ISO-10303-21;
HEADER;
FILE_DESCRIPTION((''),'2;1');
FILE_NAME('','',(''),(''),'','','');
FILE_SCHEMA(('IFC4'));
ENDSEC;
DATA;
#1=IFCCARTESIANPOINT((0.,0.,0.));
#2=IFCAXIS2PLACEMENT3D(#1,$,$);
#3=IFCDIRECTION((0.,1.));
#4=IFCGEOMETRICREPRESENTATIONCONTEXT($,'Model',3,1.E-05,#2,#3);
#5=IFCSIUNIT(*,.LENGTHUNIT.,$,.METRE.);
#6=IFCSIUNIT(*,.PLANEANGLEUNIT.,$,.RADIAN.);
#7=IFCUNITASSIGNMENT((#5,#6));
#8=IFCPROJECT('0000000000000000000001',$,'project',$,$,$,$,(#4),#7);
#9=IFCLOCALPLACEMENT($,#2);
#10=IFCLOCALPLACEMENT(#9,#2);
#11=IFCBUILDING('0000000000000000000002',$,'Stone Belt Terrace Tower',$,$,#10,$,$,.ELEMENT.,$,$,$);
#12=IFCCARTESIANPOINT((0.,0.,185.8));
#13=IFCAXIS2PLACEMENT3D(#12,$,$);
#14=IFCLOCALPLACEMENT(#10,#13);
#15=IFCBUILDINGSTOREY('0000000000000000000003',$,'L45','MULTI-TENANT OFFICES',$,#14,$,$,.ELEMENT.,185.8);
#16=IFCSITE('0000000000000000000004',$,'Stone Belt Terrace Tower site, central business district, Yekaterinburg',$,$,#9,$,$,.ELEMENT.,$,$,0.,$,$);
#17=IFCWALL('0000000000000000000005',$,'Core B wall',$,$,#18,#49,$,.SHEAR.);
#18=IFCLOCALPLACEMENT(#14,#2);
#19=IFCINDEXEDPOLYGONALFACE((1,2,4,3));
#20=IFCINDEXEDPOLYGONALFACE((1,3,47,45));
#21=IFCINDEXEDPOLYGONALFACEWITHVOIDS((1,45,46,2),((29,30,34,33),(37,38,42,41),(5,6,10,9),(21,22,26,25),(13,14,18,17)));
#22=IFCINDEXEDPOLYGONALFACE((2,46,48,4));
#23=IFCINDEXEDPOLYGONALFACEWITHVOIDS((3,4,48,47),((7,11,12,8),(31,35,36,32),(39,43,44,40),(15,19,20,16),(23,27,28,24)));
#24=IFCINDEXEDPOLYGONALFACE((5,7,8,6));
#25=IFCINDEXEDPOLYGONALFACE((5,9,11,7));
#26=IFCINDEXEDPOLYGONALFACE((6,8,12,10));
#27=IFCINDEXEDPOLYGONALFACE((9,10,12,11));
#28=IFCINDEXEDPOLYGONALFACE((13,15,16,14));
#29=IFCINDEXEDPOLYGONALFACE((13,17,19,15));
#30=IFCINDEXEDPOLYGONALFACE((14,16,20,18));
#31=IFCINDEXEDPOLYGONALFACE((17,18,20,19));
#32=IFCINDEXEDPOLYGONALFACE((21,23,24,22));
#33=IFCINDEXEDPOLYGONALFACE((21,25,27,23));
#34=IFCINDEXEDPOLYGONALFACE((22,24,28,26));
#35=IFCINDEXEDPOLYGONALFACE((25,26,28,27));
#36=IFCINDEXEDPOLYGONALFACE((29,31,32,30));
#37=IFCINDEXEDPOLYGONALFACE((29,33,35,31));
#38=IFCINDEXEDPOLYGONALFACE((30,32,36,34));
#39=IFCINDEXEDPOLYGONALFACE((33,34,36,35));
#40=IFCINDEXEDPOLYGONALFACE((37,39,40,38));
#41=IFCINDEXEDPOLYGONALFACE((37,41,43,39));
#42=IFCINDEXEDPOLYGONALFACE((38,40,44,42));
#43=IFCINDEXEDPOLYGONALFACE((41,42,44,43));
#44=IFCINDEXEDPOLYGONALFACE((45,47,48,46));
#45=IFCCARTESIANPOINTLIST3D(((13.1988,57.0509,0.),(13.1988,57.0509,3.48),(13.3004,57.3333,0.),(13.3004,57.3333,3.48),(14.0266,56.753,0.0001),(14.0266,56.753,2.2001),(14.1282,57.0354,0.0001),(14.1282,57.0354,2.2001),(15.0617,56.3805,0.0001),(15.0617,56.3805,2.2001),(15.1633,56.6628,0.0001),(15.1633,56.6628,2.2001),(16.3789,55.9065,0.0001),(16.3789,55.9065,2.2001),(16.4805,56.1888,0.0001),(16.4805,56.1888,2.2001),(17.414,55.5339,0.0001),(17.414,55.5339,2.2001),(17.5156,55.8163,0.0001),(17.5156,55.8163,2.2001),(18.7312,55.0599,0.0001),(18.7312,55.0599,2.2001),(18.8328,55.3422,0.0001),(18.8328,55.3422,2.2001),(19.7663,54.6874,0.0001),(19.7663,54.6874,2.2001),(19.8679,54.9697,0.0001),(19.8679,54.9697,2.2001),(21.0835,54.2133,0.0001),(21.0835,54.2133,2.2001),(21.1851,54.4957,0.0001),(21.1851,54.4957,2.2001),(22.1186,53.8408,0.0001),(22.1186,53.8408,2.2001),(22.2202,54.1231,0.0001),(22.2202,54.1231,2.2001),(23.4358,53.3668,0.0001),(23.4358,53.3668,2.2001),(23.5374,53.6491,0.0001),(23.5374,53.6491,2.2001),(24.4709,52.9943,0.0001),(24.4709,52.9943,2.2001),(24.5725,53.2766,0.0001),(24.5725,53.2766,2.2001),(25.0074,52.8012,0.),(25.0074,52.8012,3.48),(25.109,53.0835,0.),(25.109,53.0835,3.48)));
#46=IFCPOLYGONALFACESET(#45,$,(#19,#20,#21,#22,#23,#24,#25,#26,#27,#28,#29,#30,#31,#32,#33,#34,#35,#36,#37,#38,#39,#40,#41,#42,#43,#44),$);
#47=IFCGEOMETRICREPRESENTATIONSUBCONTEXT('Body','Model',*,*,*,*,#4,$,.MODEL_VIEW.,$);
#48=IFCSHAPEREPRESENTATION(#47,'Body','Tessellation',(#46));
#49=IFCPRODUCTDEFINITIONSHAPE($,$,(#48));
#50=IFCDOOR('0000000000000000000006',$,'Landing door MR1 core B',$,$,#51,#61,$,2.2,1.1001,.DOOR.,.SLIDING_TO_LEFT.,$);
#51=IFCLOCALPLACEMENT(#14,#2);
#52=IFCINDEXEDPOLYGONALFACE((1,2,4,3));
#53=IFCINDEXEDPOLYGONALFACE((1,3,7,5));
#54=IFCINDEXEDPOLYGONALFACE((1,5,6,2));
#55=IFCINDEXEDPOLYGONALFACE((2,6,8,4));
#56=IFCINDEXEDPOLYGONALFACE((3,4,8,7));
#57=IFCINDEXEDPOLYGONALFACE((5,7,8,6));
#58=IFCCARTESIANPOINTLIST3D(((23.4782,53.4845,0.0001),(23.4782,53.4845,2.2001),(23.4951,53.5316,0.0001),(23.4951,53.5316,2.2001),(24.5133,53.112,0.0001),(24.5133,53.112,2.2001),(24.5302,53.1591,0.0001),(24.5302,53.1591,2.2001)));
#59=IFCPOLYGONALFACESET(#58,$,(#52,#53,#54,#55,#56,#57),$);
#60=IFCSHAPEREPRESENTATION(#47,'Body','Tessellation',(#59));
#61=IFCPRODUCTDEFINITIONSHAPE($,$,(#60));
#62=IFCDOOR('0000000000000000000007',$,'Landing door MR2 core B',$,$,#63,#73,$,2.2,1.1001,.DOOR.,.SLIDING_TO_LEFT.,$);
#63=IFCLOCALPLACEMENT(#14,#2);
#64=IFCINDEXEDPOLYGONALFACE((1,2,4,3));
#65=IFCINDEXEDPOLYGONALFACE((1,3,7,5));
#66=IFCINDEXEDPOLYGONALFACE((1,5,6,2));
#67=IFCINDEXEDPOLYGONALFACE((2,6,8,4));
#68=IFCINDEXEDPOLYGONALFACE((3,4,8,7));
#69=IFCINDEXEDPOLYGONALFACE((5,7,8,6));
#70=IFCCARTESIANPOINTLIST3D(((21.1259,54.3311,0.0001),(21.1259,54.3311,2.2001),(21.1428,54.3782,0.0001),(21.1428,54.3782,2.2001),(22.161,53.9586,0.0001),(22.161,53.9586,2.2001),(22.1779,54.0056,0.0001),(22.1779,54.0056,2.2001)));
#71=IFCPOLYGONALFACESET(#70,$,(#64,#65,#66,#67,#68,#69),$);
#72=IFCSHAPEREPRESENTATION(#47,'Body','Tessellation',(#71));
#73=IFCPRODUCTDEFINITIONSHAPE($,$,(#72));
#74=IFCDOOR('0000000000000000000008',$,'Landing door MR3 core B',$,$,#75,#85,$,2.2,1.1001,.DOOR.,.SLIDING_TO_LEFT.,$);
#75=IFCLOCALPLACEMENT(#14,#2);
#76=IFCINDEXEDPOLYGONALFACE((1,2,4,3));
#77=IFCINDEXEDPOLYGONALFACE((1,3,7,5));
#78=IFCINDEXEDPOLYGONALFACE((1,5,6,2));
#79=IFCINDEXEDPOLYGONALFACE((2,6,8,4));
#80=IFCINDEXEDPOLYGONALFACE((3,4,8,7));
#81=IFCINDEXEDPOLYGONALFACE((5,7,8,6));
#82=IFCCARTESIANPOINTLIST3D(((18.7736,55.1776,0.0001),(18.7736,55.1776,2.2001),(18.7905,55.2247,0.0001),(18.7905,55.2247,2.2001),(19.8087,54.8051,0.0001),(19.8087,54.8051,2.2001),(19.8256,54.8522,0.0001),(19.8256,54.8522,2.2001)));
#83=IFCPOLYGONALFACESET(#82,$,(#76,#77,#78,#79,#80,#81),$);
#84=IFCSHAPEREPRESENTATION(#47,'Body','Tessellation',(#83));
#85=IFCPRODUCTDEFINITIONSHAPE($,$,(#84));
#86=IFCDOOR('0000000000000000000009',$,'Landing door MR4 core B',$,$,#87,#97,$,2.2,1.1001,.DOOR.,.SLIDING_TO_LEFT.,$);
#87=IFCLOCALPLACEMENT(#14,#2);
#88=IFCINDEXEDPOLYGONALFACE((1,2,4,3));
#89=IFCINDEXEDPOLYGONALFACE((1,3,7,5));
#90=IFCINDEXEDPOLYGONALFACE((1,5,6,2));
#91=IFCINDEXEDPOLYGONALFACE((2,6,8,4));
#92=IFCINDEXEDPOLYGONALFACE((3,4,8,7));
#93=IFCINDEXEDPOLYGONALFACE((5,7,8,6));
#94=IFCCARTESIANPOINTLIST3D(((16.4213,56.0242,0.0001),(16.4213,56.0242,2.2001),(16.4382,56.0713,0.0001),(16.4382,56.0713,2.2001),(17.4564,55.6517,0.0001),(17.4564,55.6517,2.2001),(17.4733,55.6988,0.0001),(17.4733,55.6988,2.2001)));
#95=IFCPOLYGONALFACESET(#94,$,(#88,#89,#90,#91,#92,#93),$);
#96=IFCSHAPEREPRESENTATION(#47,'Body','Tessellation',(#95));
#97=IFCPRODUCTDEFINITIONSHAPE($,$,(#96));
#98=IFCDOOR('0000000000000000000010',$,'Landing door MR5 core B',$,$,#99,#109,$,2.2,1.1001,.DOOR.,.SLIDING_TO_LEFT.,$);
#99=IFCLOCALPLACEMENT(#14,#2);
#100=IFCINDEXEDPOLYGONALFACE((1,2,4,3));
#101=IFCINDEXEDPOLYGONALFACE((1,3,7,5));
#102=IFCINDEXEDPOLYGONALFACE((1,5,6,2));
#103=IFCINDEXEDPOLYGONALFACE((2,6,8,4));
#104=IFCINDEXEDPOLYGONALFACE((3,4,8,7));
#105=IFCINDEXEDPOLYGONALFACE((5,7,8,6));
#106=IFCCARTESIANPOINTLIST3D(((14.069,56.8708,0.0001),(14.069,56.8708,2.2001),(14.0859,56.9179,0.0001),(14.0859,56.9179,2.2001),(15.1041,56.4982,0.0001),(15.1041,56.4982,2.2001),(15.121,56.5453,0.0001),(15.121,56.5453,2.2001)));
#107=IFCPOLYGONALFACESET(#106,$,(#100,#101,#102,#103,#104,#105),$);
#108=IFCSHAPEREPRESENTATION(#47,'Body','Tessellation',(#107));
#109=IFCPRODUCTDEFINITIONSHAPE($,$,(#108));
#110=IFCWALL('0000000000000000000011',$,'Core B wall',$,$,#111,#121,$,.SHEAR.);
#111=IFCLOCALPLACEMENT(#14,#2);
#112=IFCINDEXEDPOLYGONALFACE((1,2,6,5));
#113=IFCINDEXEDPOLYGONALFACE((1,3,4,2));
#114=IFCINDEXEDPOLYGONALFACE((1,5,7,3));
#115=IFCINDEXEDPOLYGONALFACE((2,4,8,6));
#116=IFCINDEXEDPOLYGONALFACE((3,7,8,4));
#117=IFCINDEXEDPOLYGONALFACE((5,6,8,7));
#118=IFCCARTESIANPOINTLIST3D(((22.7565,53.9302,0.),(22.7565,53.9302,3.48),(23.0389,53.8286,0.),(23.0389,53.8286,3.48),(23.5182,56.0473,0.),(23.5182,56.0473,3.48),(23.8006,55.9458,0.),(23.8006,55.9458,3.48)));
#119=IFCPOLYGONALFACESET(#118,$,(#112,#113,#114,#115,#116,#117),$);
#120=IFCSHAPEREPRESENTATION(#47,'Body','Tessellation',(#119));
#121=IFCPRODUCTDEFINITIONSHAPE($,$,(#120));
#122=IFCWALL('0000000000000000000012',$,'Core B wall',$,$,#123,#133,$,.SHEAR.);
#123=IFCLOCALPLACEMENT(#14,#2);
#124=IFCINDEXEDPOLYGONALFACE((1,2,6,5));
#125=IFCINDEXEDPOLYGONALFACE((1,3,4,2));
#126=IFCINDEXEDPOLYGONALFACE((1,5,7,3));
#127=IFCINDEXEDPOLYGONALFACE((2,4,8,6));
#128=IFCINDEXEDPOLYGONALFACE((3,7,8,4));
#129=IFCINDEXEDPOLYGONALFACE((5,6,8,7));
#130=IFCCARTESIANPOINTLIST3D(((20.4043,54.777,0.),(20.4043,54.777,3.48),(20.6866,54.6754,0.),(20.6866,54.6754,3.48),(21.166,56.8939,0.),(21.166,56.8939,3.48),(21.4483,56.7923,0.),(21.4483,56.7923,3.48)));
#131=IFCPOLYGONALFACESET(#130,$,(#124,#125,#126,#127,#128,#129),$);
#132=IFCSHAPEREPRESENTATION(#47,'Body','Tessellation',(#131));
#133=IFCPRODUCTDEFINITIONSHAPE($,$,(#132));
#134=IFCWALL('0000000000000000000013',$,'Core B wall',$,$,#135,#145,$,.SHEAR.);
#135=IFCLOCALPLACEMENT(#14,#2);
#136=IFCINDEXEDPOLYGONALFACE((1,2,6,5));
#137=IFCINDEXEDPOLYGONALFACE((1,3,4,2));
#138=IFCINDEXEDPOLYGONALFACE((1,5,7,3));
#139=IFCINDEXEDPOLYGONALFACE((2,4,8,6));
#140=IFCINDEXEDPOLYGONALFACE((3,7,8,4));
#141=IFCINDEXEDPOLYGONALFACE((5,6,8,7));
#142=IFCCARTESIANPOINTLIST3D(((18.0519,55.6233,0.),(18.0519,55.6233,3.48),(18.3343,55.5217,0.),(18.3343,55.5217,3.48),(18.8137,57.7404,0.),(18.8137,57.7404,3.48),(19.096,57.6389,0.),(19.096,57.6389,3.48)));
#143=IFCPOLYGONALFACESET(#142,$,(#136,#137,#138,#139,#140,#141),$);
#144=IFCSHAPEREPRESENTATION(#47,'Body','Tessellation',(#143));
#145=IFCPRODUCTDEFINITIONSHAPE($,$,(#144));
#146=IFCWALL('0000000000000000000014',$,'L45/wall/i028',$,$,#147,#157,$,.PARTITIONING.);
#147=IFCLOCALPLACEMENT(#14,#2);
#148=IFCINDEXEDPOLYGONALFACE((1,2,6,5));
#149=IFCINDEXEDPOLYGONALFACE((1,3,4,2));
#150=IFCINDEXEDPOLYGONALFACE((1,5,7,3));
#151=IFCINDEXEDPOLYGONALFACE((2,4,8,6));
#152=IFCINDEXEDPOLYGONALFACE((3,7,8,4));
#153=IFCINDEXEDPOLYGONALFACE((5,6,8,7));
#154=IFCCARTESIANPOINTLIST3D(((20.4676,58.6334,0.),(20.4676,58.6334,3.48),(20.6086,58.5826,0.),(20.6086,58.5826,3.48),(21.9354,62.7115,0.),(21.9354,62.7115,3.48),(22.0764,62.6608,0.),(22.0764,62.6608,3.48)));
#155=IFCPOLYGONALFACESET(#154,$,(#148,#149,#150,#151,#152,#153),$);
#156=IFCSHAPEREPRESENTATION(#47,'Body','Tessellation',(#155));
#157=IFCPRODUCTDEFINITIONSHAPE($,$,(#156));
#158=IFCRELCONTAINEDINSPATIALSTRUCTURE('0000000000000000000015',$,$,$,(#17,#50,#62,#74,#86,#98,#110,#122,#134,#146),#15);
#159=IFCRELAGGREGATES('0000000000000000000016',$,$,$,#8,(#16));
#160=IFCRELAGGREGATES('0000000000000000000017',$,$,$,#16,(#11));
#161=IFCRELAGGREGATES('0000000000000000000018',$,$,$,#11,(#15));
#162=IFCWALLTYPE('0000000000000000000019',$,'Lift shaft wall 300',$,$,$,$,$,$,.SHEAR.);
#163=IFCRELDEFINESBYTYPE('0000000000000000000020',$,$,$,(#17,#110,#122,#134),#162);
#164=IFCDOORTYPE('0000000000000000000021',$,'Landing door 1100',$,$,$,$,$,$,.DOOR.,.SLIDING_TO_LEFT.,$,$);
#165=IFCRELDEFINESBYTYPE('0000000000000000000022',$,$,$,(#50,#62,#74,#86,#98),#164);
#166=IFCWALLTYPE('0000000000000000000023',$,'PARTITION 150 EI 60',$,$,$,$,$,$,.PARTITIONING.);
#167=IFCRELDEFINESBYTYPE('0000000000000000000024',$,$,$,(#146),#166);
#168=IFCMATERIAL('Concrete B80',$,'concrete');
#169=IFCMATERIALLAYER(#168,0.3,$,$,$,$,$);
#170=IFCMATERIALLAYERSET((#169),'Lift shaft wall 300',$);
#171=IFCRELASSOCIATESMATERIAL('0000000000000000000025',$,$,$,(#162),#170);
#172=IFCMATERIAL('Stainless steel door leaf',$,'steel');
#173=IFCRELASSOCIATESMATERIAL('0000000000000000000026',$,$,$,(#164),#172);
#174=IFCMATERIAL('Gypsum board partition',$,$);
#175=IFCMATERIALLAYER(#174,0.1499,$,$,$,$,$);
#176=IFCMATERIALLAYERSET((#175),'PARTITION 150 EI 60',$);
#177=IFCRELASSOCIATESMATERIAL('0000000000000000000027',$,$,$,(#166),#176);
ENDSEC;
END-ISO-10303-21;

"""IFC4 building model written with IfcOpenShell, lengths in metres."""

from ifc_helpers import new_model, si_unit, direction, frame, frame_2d, origin, place, context, subcontext, project, spatial, rectangle, extrude, material, layer, layer_set, type_object, element, fill, save


model = new_model("IFC4")

# Units and contexts
model_context = context("Model", 3, precision=1e-05, world=origin(), true_north=direction((0.0, 1.0)))
body_context = subcontext(model_context, "Body", "Model", "MODEL_VIEW")
ifc_project = project(units=[si_unit("LENGTHUNIT", "METRE"), si_unit("PLANEANGLEUNIT", "RADIAN")], contexts=[model_context])

# Site, building, storey
site_placement = place(None, origin())
site = spatial("IfcSite", under=ifc_project, at=site_placement, Name="Stone Belt Terrace Tower site, central business district, Yekaterinburg", CompositionType="ELEMENT", RefElevation=0.0)
building_placement = place(site_placement, origin())
building = spatial("IfcBuilding", under=site, at=building_placement, Name="Stone Belt Terrace Tower", CompositionType="ELEMENT")
storey_placement = place(building_placement, frame((0.0, 0.0, 185.8)))
storey = spatial("IfcBuildingStorey", under=building, at=storey_placement, Name="L45", Description="MULTI-TENANT OFFICES", CompositionType="ELEMENT", Elevation=185.8)

# Shared definitions
ifc_material_1 = material(Name="Concrete B80", Category="concrete")

# Shared definitions
ifc_layer_1 = layer(ifc_material_1, 0.3)
ifc_layer_set_1 = layer_set([ifc_layer_1], Name="Lift shaft wall 300")
wall_type_1 = type_object("IfcWallType", Name="Lift shaft wall 300", PredefinedType="SHEAR", material=ifc_layer_set_1)

# Wall, openings, doors
wall_1_placement = place(storey_placement, frame((25.0581, 52.9424, 0.0), z_axis=(0.0, 0.0, 1.0), x_axis=(-0.940921, 0.338625, 0.0)))
wall_1 = element("IfcWall", 1, at=wall_1_placement, inside=storey, type_object=wall_type_1, Name="Core B wall", PredefinedType="SHEAR", context=body_context, shape_type="SweptSolid", body=[
    extrude(rectangle(XDim=12.55, YDim=0.3, at=frame_2d((6.2749, 0.0))), origin(), (0.0, 0.0, 1.0), 3.48),
])
opening_1_placement = place(wall_1_placement, frame((0.5701, 0.0, 0.0)))
opening_1 = element("IfcOpeningElement", 2, at=opening_1_placement, cuts=wall_1, PredefinedType="OPENING", context=body_context, shape_type="SweptSolid", body=[
    extrude(rectangle(XDim=1.1001, YDim=2.2, at=frame_2d((0.55, 1.1001))), frame((0.0, 0.1599, 0.0), z_axis=(0.0, -1.0, 0.0), x_axis=(1.0, 0.0, 0.0)), (0.0, 0.0, 1.0), 0.3201),
])
opening_2_placement = place(wall_1_placement, frame((3.0701, 0.0, 0.0)))
opening_2 = element("IfcOpeningElement", 3, at=opening_2_placement, cuts=wall_1, PredefinedType="OPENING", context=body_context, shape_type="SweptSolid", body=[
    extrude(rectangle(XDim=1.1001, YDim=2.2, at=frame_2d((0.55, 1.1001))), frame((0.0, 0.1599, 0.0), z_axis=(0.0, -1.0, 0.0), x_axis=(1.0, 0.0, 0.0)), (0.0, 0.0, 1.0), 0.3201),
])
opening_3_placement = place(wall_1_placement, frame((5.5701, 0.0, 0.0)))
opening_3 = element("IfcOpeningElement", 4, at=opening_3_placement, cuts=wall_1, PredefinedType="OPENING", context=body_context, shape_type="SweptSolid", body=[
    extrude(rectangle(XDim=1.1001, YDim=2.2, at=frame_2d((0.55, 1.1001))), frame((0.0, 0.1599, 0.0), z_axis=(0.0, -1.0, 0.0), x_axis=(1.0, 0.0, 0.0)), (0.0, 0.0, 1.0), 0.3201),
])
opening_4_placement = place(wall_1_placement, frame((8.0701, 0.0, 0.0)))
opening_4 = element("IfcOpeningElement", 5, at=opening_4_placement, cuts=wall_1, PredefinedType="OPENING", context=body_context, shape_type="SweptSolid", body=[
    extrude(rectangle(XDim=1.1001, YDim=2.2, at=frame_2d((0.55, 1.1001))), frame((0.0, 0.1599, 0.0), z_axis=(0.0, -1.0, 0.0), x_axis=(1.0, 0.0, 0.0)), (0.0, 0.0, 1.0), 0.3201),
])
opening_5_placement = place(wall_1_placement, frame((10.5701, 0.0, 0.0)))
opening_5 = element("IfcOpeningElement", 6, at=opening_5_placement, cuts=wall_1, PredefinedType="OPENING", context=body_context, shape_type="SweptSolid", body=[
    extrude(rectangle(XDim=1.1001, YDim=2.2, at=frame_2d((0.55, 1.1001))), frame((0.0, 0.1599, 0.0), z_axis=(0.0, -1.0, 0.0), x_axis=(1.0, 0.0, 0.0)), (0.0, 0.0, 1.0), 0.3201),
])
ifc_material_2 = material(Name="Stainless steel door leaf", Category="steel")
door_type_1 = type_object("IfcDoorType", Name="Landing door 1100", OperationType="SLIDING_TO_LEFT", PredefinedType="DOOR", material=ifc_material_2)
door_1_placement = place(opening_1_placement, origin())
door_1 = element("IfcDoor", 7, at=door_1_placement, inside=storey, type_object=door_type_1, Name="Landing door MR1 core B", OperationType="SLIDING_TO_LEFT", OverallHeight=2.2, OverallWidth=1.1001, PredefinedType="DOOR", context=body_context, shape_type="SweptSolid", body=[
    extrude(rectangle(XDim=1.1001, YDim=2.2, at=frame_2d((0.55, 1.1001))), frame((0.0, 0.0249, 0.0), z_axis=(0.0, -1.0, 0.0), x_axis=(1.0, 0.0, 0.0)), (0.0, 0.0, 1.0), 0.05),
])
fill(opening_1, door_1)
door_2_placement = place(opening_2_placement, origin())
door_2 = element("IfcDoor", 8, at=door_2_placement, inside=storey, type_object=door_type_1, Name="Landing door MR2 core B", OperationType="SLIDING_TO_LEFT", OverallHeight=2.2, OverallWidth=1.1001, PredefinedType="DOOR", context=body_context, shape_type="SweptSolid", body=[
    extrude(rectangle(XDim=1.1001, YDim=2.2, at=frame_2d((0.55, 1.1001))), frame((0.0, 0.0249, 0.0), z_axis=(0.0, -1.0, 0.0), x_axis=(1.0, 0.0, 0.0)), (0.0, 0.0, 1.0), 0.05),
])
fill(opening_2, door_2)
door_3_placement = place(opening_3_placement, origin())
door_3 = element("IfcDoor", 9, at=door_3_placement, inside=storey, type_object=door_type_1, Name="Landing door MR3 core B", OperationType="SLIDING_TO_LEFT", OverallHeight=2.2, OverallWidth=1.1001, PredefinedType="DOOR", context=body_context, shape_type="SweptSolid", body=[
    extrude(rectangle(XDim=1.1001, YDim=2.2, at=frame_2d((0.55, 1.1001))), frame((0.0, 0.0249, 0.0), z_axis=(0.0, -1.0, 0.0), x_axis=(1.0, 0.0, 0.0)), (0.0, 0.0, 1.0), 0.05),
])
fill(opening_3, door_3)
door_4_placement = place(opening_4_placement, origin())
door_4 = element("IfcDoor", 10, at=door_4_placement, inside=storey, type_object=door_type_1, Name="Landing door MR4 core B", OperationType="SLIDING_TO_LEFT", OverallHeight=2.2, OverallWidth=1.1001, PredefinedType="DOOR", context=body_context, shape_type="SweptSolid", body=[
    extrude(rectangle(XDim=1.1001, YDim=2.2, at=frame_2d((0.55, 1.1001))), frame((0.0, 0.0249, 0.0), z_axis=(0.0, -1.0, 0.0), x_axis=(1.0, 0.0, 0.0)), (0.0, 0.0, 1.0), 0.05),
])
fill(opening_4, door_4)
door_5_placement = place(opening_5_placement, origin())
door_5 = element("IfcDoor", 11, at=door_5_placement, inside=storey, type_object=door_type_1, Name="Landing door MR5 core B", OperationType="SLIDING_TO_LEFT", OverallHeight=2.2, OverallWidth=1.1001, PredefinedType="DOOR", context=body_context, shape_type="SweptSolid", body=[
    extrude(rectangle(XDim=1.1001, YDim=2.2, at=frame_2d((0.55, 1.1001))), frame((0.0, 0.0249, 0.0), z_axis=(0.0, -1.0, 0.0), x_axis=(1.0, 0.0, 0.0)), (0.0, 0.0, 1.0), 0.05),
])
fill(opening_5, door_5)

# Walls
wall_2_placement = place(storey_placement, frame((22.8977, 53.8794, 0.0), z_axis=(0.0, 0.0, 1.0), x_axis=(0.338535, 0.940954, 0.0)))
element("IfcWall", 12, at=wall_2_placement, inside=storey, type_object=wall_type_1, Name="Core B wall", PredefinedType="SHEAR", context=body_context, shape_type="SweptSolid", body=[
    extrude(rectangle(XDim=2.25, YDim=0.3, at=frame_2d((1.125, 0.0))), origin(), (0.0, 0.0, 1.0), 3.48),
])
wall_3_placement = place(storey_placement, frame((20.5454, 54.7261, 0.0), z_axis=(0.0, 0.0, 1.0), x_axis=(0.33857, 0.940941, 0.0)))
element("IfcWall", 13, at=wall_3_placement, inside=storey, type_object=wall_type_1, Name="Core B wall", PredefinedType="SHEAR", context=body_context, shape_type="SweptSolid", body=[
    extrude(rectangle(XDim=2.2498, YDim=0.3, at=frame_2d((1.125, 0.0))), origin(), (0.0, 0.0, 1.0), 3.48),
])
wall_4_placement = place(storey_placement, frame((18.1931, 55.5725, 0.0), z_axis=(0.0, 0.0, 1.0), x_axis=(0.338535, 0.940954, 0.0)))
element("IfcWall", 14, at=wall_4_placement, inside=storey, type_object=wall_type_1, Name="Core B wall", PredefinedType="SHEAR", context=body_context, shape_type="SweptSolid", body=[
    extrude(rectangle(XDim=2.25, YDim=0.3, at=frame_2d((1.125, 0.0))), origin(), (0.0, 0.0, 1.0), 3.48),
])
ifc_material_3 = material(Name="Gypsum board partition")
ifc_layer_2 = layer(ifc_material_3, 0.1499)
ifc_layer_set_2 = layer_set([ifc_layer_2], Name="PARTITION 150 EI 60")
wall_type_2 = type_object("IfcWallType", Name="PARTITION 150 EI 60", PredefinedType="PARTITIONING", material=ifc_layer_set_2)
wall_5_placement = place(storey_placement, frame((22.0059, 62.686, 0.0), z_axis=(0.0, 0.0, 1.0), x_axis=(-0.338648, -0.940913, 0.0)))
element("IfcWall", 15, at=wall_5_placement, inside=storey, type_object=wall_type_2, Name="L45/wall/i028", PredefinedType="PARTITIONING", context=body_context, shape_type="SweptSolid", body=[
    extrude(rectangle(XDim=4.3342, YDim=0.1499, at=frame_2d((2.167, 0.0))), origin(), (0.0, 0.0, 1.0), 3.48),
])

save(model, "model.ifc")
